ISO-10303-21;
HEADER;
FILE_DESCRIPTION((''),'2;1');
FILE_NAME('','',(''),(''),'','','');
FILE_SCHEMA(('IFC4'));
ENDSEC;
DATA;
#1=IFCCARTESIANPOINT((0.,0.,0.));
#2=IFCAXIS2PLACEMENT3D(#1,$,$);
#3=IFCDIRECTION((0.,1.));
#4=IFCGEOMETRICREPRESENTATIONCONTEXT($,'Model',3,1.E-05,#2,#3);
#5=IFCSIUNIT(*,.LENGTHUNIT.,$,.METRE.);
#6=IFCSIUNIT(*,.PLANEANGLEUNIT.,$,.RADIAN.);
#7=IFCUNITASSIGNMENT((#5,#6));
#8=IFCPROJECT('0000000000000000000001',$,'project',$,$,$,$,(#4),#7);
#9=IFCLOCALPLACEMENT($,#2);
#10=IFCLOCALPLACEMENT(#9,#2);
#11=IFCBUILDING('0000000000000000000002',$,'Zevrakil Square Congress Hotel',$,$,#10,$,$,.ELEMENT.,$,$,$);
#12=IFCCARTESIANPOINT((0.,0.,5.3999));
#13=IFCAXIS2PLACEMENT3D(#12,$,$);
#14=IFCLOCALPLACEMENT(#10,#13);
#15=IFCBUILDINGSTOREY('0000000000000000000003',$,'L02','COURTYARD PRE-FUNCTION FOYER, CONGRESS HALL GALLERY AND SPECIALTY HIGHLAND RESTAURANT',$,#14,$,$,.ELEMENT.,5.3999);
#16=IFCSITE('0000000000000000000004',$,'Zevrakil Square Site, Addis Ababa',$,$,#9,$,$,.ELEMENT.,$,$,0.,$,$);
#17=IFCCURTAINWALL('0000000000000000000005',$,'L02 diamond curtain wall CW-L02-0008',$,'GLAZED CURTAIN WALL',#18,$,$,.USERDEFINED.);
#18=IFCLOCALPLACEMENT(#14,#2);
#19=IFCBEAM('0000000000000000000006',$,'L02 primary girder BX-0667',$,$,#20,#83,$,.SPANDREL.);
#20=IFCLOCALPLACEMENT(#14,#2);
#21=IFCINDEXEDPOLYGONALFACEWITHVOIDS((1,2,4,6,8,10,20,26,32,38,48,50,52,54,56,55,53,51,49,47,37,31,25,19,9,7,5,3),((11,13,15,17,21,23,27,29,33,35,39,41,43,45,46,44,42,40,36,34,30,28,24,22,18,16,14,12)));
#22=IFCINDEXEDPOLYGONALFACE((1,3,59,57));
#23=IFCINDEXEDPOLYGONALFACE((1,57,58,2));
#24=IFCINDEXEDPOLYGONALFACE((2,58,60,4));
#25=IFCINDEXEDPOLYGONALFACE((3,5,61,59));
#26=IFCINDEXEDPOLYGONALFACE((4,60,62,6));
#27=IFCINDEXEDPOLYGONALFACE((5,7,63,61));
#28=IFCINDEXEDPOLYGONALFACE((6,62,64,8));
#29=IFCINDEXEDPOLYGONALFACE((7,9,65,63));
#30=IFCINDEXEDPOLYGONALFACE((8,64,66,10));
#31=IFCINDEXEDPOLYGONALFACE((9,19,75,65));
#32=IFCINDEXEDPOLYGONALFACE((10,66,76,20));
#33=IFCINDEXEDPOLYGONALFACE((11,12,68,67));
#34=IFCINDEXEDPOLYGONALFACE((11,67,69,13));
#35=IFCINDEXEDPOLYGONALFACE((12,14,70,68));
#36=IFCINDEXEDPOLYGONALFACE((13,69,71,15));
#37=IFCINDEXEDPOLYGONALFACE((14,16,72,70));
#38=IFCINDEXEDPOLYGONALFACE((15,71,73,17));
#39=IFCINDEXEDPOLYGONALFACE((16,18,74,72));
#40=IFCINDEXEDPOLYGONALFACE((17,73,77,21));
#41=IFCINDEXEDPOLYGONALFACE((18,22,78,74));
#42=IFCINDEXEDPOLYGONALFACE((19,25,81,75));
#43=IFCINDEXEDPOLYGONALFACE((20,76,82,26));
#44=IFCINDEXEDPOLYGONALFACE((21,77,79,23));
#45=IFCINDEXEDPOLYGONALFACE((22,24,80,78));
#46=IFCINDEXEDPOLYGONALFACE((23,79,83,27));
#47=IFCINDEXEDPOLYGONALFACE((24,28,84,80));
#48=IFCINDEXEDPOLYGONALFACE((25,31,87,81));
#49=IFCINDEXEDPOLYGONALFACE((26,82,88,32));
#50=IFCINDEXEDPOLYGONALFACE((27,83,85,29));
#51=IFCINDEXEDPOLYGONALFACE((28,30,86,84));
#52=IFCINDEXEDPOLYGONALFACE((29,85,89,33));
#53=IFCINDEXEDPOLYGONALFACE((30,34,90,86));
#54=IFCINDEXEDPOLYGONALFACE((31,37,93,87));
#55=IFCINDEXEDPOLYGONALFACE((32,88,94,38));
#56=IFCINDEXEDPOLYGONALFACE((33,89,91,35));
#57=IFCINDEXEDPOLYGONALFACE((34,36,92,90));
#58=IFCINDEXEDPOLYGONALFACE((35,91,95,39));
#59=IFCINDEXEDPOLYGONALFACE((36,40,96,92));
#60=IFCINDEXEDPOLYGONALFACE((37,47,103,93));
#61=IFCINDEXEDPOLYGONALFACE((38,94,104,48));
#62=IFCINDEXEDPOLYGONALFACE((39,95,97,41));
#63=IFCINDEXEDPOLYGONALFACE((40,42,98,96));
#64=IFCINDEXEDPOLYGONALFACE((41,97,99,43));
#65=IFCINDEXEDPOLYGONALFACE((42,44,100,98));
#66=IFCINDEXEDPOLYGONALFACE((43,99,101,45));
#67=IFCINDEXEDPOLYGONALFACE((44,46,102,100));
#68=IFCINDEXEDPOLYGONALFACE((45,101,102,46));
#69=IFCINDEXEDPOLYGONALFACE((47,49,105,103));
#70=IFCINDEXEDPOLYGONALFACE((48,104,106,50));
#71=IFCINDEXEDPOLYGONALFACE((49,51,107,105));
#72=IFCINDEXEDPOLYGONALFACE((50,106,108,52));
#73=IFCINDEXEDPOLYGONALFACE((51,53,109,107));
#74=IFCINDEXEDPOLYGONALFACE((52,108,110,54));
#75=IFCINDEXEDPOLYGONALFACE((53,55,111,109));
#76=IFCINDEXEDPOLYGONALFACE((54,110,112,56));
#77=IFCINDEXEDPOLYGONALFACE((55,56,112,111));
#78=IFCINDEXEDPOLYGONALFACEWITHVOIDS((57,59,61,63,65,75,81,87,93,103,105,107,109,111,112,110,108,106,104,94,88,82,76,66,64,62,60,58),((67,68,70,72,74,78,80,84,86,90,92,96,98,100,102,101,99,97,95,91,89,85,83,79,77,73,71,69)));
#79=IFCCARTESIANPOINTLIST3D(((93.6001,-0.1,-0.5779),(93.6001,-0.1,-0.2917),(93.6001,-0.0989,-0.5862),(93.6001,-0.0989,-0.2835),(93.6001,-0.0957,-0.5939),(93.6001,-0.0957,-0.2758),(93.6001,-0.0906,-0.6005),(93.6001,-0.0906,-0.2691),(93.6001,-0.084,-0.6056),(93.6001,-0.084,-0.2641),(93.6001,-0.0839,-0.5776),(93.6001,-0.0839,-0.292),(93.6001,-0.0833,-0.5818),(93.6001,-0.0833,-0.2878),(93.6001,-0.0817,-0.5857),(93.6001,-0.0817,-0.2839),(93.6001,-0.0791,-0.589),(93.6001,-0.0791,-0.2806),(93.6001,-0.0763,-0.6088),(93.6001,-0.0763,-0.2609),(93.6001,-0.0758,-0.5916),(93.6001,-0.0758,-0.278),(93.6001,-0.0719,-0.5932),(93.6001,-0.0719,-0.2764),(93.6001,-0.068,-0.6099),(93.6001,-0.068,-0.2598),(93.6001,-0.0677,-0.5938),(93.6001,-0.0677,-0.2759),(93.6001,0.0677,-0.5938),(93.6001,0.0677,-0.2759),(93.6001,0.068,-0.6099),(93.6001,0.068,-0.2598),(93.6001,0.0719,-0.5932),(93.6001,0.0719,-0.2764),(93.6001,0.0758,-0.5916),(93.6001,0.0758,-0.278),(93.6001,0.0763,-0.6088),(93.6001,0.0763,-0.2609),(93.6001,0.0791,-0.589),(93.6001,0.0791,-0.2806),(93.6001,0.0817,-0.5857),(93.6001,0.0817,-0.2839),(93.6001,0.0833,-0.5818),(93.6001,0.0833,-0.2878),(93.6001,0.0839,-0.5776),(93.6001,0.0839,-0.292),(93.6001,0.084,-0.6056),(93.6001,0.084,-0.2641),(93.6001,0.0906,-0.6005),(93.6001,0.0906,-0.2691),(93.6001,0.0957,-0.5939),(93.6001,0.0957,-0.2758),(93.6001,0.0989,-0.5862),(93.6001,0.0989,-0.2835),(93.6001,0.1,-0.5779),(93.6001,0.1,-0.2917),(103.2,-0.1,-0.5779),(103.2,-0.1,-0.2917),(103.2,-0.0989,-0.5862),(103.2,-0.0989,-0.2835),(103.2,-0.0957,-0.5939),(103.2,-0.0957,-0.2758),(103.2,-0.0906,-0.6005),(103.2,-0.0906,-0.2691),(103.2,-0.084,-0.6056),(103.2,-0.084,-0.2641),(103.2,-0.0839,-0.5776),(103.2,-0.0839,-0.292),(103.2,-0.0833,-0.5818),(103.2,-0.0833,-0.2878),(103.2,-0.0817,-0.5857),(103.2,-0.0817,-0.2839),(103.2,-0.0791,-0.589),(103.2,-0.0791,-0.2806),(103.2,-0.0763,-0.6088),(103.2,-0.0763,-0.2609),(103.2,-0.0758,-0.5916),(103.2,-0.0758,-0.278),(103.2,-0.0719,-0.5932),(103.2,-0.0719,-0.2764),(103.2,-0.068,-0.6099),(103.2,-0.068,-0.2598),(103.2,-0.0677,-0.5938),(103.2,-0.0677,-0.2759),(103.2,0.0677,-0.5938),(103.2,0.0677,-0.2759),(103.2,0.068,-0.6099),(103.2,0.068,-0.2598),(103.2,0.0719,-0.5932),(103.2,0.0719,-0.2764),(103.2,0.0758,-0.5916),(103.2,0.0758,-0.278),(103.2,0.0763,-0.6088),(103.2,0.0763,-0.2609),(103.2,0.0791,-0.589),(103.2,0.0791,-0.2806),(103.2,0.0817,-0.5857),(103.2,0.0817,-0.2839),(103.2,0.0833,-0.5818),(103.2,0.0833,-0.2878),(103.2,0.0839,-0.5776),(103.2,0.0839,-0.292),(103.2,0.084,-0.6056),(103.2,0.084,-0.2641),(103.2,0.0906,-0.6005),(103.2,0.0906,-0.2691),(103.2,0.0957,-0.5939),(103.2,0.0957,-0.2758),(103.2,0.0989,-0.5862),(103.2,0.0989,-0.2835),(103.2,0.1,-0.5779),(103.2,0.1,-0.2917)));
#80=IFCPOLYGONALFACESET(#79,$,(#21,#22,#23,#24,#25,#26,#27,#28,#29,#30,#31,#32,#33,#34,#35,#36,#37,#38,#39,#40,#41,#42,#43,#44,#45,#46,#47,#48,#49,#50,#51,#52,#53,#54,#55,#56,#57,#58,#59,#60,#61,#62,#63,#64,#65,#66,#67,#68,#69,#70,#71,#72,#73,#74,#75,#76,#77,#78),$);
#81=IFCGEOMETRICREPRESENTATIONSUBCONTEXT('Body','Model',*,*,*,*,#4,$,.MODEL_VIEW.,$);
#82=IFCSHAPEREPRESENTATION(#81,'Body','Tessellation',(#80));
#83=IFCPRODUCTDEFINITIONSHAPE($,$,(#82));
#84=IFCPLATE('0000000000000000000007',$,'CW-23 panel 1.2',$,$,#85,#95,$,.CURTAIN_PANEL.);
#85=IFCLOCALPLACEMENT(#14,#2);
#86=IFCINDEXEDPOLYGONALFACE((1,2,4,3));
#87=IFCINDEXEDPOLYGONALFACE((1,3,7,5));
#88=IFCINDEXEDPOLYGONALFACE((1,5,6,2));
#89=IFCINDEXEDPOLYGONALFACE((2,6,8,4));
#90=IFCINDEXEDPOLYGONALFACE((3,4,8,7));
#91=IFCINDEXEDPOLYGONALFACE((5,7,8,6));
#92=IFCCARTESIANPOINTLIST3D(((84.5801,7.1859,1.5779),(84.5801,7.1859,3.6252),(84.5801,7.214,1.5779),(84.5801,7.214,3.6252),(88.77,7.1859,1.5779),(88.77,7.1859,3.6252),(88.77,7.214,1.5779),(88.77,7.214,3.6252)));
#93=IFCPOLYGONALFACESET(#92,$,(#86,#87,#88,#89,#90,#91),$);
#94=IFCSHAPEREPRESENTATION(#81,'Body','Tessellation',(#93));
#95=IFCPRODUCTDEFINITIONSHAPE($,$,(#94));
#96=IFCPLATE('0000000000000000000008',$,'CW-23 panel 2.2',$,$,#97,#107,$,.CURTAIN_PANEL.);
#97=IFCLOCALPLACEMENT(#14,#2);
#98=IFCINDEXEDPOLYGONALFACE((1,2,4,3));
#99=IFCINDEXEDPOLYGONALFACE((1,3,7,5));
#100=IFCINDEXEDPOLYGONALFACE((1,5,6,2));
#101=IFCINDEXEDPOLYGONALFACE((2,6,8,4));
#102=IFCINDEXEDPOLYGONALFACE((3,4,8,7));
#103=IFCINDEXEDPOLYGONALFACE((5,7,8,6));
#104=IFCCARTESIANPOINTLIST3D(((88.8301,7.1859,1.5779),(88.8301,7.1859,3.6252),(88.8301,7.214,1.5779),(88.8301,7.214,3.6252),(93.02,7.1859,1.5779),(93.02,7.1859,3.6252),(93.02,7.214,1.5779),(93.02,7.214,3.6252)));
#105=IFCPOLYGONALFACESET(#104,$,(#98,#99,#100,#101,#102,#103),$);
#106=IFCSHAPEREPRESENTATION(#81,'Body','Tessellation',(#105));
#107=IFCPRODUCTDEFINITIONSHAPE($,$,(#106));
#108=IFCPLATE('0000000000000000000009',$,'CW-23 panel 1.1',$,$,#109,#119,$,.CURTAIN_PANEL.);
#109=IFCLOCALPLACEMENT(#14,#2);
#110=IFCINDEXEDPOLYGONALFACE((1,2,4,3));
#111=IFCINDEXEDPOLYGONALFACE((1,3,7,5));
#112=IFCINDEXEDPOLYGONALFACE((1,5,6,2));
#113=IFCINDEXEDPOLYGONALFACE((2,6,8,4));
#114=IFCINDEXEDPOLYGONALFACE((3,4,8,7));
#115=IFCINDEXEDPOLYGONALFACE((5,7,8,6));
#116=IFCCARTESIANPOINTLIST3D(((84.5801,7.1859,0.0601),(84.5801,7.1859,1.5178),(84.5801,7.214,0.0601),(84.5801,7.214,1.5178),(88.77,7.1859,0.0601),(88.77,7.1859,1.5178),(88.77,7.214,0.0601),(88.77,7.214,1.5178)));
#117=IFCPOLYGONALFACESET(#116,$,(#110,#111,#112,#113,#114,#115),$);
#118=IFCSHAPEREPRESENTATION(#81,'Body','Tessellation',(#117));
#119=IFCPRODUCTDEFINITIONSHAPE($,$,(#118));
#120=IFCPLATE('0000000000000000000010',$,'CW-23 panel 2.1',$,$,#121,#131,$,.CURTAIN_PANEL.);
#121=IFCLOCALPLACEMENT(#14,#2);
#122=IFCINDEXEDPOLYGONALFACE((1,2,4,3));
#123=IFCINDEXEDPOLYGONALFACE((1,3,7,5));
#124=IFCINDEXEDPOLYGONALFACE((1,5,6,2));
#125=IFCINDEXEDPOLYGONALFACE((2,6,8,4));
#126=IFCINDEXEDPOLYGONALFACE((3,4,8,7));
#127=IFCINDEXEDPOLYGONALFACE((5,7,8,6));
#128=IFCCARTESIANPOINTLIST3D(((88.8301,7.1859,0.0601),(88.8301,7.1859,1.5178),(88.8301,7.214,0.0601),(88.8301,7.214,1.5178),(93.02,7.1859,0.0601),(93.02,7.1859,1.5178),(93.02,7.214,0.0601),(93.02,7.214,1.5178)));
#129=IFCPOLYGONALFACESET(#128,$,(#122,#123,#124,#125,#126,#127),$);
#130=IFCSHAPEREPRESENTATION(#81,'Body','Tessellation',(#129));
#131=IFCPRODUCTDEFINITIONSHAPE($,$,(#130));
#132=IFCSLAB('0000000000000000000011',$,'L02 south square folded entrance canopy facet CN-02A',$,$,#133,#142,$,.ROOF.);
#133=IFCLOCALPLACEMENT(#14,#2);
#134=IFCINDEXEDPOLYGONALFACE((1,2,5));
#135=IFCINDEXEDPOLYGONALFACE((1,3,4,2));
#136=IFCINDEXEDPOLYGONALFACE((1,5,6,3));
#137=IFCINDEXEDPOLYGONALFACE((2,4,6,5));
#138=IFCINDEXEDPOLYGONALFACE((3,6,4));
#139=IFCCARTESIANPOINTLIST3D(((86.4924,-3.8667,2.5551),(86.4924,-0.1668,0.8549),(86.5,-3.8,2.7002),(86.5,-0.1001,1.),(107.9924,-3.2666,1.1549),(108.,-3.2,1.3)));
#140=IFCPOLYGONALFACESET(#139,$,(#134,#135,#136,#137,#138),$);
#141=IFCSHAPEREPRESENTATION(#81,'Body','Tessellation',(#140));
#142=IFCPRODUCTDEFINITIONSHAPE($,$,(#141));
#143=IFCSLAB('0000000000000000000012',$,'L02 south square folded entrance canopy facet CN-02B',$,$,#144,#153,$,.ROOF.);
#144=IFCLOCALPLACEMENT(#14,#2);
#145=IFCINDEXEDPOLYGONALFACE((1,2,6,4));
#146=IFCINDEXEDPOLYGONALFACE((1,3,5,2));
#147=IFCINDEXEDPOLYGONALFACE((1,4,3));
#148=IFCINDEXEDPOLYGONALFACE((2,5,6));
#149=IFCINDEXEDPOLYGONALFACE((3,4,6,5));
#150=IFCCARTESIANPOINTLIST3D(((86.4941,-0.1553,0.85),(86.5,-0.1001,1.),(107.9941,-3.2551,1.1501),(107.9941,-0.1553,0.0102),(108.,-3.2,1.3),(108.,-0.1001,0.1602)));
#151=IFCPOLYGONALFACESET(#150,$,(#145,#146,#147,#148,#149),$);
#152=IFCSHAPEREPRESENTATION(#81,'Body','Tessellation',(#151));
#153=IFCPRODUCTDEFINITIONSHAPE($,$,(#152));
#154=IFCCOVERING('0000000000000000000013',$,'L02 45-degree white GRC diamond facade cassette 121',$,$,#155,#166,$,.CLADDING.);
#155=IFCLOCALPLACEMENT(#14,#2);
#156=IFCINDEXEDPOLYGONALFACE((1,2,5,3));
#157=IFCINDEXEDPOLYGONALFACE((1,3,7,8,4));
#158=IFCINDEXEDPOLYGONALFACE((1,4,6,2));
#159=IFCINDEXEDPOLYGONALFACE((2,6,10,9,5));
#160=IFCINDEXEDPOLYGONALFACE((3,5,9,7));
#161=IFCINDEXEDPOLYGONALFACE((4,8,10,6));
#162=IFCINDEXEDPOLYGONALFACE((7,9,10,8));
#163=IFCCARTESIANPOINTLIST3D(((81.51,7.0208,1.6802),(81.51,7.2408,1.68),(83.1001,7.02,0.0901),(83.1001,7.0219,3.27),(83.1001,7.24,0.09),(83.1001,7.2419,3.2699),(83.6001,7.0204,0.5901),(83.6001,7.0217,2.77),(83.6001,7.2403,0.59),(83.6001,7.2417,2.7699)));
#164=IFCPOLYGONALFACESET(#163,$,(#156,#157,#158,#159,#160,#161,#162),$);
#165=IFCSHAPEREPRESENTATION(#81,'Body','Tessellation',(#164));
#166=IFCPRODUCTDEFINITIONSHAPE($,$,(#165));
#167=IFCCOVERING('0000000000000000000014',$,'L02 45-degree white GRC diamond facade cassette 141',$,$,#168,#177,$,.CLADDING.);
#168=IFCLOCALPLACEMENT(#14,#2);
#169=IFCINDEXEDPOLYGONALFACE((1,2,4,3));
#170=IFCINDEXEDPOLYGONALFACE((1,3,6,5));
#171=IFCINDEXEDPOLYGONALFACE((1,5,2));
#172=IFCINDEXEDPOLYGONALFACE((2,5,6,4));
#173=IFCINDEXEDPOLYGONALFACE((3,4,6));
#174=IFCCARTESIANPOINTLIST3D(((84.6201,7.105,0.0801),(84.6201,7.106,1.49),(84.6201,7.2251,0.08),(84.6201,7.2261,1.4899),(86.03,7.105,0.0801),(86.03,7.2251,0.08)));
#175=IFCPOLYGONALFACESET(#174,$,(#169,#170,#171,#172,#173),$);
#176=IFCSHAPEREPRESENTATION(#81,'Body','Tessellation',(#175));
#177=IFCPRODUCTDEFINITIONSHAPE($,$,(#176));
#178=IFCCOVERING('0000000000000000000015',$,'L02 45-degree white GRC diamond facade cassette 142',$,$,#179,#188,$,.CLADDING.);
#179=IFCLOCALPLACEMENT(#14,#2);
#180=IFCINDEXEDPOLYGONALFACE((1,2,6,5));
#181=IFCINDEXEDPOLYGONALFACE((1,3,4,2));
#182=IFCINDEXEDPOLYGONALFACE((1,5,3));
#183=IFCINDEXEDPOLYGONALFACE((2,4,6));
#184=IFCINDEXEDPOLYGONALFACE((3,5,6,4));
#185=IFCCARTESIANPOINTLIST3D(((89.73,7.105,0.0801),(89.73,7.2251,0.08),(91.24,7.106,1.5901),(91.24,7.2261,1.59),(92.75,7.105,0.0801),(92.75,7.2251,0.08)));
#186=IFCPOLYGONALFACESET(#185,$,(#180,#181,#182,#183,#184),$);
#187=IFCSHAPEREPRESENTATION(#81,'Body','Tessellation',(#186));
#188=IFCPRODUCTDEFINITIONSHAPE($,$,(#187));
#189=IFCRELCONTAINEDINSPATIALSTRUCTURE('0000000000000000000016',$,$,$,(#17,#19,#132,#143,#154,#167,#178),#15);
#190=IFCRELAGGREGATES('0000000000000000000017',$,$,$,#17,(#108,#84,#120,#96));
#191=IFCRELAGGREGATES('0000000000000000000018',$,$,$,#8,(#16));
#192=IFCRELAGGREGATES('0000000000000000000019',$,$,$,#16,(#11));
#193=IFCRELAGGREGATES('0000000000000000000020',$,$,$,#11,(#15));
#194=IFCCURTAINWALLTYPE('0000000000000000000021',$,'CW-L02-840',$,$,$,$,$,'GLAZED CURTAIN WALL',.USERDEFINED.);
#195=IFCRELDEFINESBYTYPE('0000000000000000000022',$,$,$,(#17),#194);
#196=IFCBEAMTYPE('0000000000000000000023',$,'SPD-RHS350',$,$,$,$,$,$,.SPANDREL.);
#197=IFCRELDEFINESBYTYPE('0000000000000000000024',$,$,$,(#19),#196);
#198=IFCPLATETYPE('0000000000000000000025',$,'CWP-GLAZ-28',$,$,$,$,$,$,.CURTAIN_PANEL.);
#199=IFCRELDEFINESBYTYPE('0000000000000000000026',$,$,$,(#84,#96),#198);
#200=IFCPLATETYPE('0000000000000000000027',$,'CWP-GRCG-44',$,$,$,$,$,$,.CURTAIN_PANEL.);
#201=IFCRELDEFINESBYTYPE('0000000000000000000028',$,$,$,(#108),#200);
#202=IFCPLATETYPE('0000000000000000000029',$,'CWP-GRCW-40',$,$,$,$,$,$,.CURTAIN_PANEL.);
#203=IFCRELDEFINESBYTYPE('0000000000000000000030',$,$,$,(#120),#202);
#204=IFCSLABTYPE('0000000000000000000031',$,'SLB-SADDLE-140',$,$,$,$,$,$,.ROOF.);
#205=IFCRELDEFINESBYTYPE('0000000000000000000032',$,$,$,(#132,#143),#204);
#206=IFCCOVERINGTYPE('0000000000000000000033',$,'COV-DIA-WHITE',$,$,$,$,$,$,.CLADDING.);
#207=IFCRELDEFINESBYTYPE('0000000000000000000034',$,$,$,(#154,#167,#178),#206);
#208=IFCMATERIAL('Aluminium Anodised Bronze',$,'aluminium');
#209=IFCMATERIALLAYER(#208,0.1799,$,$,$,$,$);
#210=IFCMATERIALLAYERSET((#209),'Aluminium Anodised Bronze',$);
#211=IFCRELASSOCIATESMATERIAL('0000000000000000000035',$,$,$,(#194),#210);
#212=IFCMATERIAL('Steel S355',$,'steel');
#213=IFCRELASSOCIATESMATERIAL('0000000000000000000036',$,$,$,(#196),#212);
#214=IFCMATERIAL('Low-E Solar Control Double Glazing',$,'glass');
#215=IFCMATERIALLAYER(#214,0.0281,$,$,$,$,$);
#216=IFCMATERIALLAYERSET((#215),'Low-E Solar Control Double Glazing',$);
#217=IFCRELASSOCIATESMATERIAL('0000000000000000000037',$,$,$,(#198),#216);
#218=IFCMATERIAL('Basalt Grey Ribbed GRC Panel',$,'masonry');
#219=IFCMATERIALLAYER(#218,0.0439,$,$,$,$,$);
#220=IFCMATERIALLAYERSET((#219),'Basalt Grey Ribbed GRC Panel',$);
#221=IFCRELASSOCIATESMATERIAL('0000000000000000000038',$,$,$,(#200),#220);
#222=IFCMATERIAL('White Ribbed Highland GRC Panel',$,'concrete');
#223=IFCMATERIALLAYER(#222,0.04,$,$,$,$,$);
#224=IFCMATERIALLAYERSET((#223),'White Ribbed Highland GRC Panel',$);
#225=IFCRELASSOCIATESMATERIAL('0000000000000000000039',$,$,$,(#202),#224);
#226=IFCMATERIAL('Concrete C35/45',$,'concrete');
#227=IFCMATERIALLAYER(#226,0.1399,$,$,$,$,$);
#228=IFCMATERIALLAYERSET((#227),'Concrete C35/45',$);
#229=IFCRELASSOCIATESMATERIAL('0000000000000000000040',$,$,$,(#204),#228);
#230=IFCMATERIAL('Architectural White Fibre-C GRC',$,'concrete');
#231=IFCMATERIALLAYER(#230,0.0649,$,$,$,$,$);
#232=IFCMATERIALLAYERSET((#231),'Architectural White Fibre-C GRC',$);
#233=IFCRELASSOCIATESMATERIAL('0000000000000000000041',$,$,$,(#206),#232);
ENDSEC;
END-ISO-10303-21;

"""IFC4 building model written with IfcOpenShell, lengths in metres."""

from ifc_helpers import new_model, si_unit, direction, frame, origin, origin_2d, place, context, subcontext, project, spatial, polyline, rectangle, hollow_rectangle, outline, extrude, material, layer, layer_set, material_profile, profile_set, type_object, element, aggregate, save


model = new_model("IFC4")

# Units and contexts
model_context = context("Model", 3, precision=1e-05, world=origin(), true_north=direction((0.0, 1.0)))
body_context = subcontext(model_context, "Body", "Model", "MODEL_VIEW")
ifc_project = project(units=[si_unit("LENGTHUNIT", "METRE"), si_unit("PLANEANGLEUNIT", "RADIAN")], contexts=[model_context])

# Site, building, storey
site_placement = place(None, origin())
site = spatial("IfcSite", under=ifc_project, at=site_placement, Name="Zevrakil Square Site, Addis Ababa", CompositionType="ELEMENT", RefElevation=0.0)
building_placement = place(site_placement, origin())
building = spatial("IfcBuilding", under=site, at=building_placement, Name="Zevrakil Square Congress Hotel", CompositionType="ELEMENT")
storey_placement = place(building_placement, frame((0.0, 0.0, 5.3999)))
storey = spatial("IfcBuildingStorey", under=building, at=storey_placement, Name="L02", Description="COURTYARD PRE-FUNCTION FOYER, CONGRESS HALL GALLERY AND SPECIALTY HIGHLAND RESTAURANT", CompositionType="ELEMENT", Elevation=5.3999)

# Curtain wall
ifc_material_1 = material(Name="Aluminium Anodised Bronze", Category="aluminium")
ifc_layer_1 = layer(ifc_material_1, 0.1799)
ifc_layer_set_1 = layer_set([ifc_layer_1], Name="Aluminium Anodised Bronze")
curtain_wall_type = type_object("IfcCurtainWallType", Name="CW-L02-840", ElementType="GLAZED CURTAIN WALL", PredefinedType="USERDEFINED", material=ifc_layer_set_1)
curtain_wall_placement = place(storey_placement, origin())
curtain_wall = element("IfcCurtainWall", 1, at=curtain_wall_placement, inside=storey, type_object=curtain_wall_type, Name="L02 diamond curtain wall CW-L02-0008", ObjectType="GLAZED CURTAIN WALL", PredefinedType="USERDEFINED")

# Beam
ifc_material_2 = material(Name="Steel S355", Category="steel")
ifc_material_profile_1 = material_profile(ifc_material_2, hollow_rectangle(XDim=0.2, YDim=0.3501, WallThickness=0.0161, InnerFilletRadius=0.0161, OuterFilletRadius=0.032, at=origin_2d()), Name="RHS 350x200x16")
ifc_profile_set_1 = profile_set([ifc_material_profile_1], Name="Steel S355")
beam_type_1 = type_object("IfcBeamType", Name="SPD-RHS350", PredefinedType="SPANDREL", material=ifc_profile_set_1)
beam_1_placement = place(storey_placement, frame((93.6001, 0.0, -0.4348), z_axis=(1.0, 0.0, 0.0), x_axis=(0.0, 1.0, 0.0)))
element("IfcBeam", 2, at=beam_1_placement, inside=storey, type_object=beam_type_1, Name="L02 primary girder BX-0667", PredefinedType="SPANDREL", context=body_context, shape_type="SweptSolid", body=[
    extrude(hollow_rectangle(XDim=0.2, YDim=0.3501, WallThickness=0.0161, InnerFilletRadius=0.0161, OuterFilletRadius=0.032, at=origin_2d()), origin(), (0.0, 0.0, 1.0), 9.5999),
])

# Plates
ifc_material_3 = material(Name="Low-E Solar Control Double Glazing", Category="glass")
ifc_layer_2 = layer(ifc_material_3, 0.0281)
ifc_layer_set_2 = layer_set([ifc_layer_2], Name="Low-E Solar Control Double Glazing")
plate_type_1 = type_object("IfcPlateType", Name="CWP-GLAZ-28", PredefinedType="CURTAIN_PANEL", material=ifc_layer_set_2)
plate_1_placement = place(storey_placement, frame((86.675, 7.2, 1.5779), z_axis=(0.0, 0.0, 1.0), x_axis=(1.0, 0.0, 0.0)))
plate_1 = element("IfcPlate", 3, at=plate_1_placement, type_object=plate_type_1, Name="CW-23 panel 1.2", PredefinedType="CURTAIN_PANEL", context=body_context, shape_type="SweptSolid", body=[
    extrude(rectangle(XDim=4.1899, YDim=0.0281, at=origin_2d()), origin(), (0.0, 0.0, 1.0), 2.0474),
])
plate_2_placement = place(storey_placement, frame((90.925, 7.2, 1.5779), z_axis=(0.0, 0.0, 1.0), x_axis=(1.0, 0.0, 0.0)))
plate_2 = element("IfcPlate", 4, at=plate_2_placement, type_object=plate_type_1, Name="CW-23 panel 2.2", PredefinedType="CURTAIN_PANEL", context=body_context, shape_type="SweptSolid", body=[
    extrude(rectangle(XDim=4.1899, YDim=0.0281, at=origin_2d()), origin(), (0.0, 0.0, 1.0), 2.0474),
])
ifc_material_4 = material(Name="Basalt Grey Ribbed GRC Panel", Category="masonry")
ifc_layer_3 = layer(ifc_material_4, 0.0439)
ifc_layer_set_3 = layer_set([ifc_layer_3], Name="Basalt Grey Ribbed GRC Panel")
plate_type_2 = type_object("IfcPlateType", Name="CWP-GRCG-44", PredefinedType="CURTAIN_PANEL", material=ifc_layer_set_3)
plate_3_placement = place(storey_placement, frame((86.675, 7.2, 0.0601), z_axis=(0.0, 0.0, 1.0), x_axis=(1.0, 0.0, 0.0)))
plate_3 = element("IfcPlate", 5, at=plate_3_placement, type_object=plate_type_2, Name="CW-23 panel 1.1", PredefinedType="CURTAIN_PANEL", context=body_context, shape_type="SweptSolid", body=[
    extrude(rectangle(XDim=4.1899, YDim=0.0281, at=origin_2d()), origin(), (0.0, 0.0, 1.0), 1.4578),
])
ifc_material_5 = material(Name="White Ribbed Highland GRC Panel", Category="concrete")
ifc_layer_4 = layer(ifc_material_5, 0.04)
ifc_layer_set_4 = layer_set([ifc_layer_4], Name="White Ribbed Highland GRC Panel")
plate_type_3 = type_object("IfcPlateType", Name="CWP-GRCW-40", PredefinedType="CURTAIN_PANEL", material=ifc_layer_set_4)
plate_4_placement = place(storey_placement, frame((90.925, 7.2, 0.0601), z_axis=(0.0, 0.0, 1.0), x_axis=(1.0, 0.0, 0.0)))
plate_4 = element("IfcPlate", 6, at=plate_4_placement, type_object=plate_type_3, Name="CW-23 panel 2.1", PredefinedType="CURTAIN_PANEL", context=body_context, shape_type="SweptSolid", body=[
    extrude(rectangle(XDim=4.1899, YDim=0.0281, at=origin_2d()), origin(), (0.0, 0.0, 1.0), 1.4578),
])
aggregate(curtain_wall, [plate_3, plate_1, plate_4, plate_2])

# Slabs
ifc_material_6 = material(Name="Concrete C35/45", Category="concrete")
ifc_layer_5 = layer(ifc_material_6, 0.1399)
ifc_layer_set_5 = layer_set([ifc_layer_5], Name="Concrete C35/45")
slab_type = type_object("IfcSlabType", Name="SLB-SADDLE-140", PredefinedType="ROOF", material=ifc_layer_set_5)
slab_1_placement = place(storey_placement, frame((86.5, -0.1001, 1.0), z_axis=(0.047467, 0.417074, 0.907632), x_axis=(0.0, -0.908657, 0.417544)))
element("IfcSlab", 7, at=slab_1_placement, inside=storey, type_object=slab_type, Name="L02 south square folded entrance canopy facet CN-02A", PredefinedType="ROOF", context=body_context, shape_type="SweptSolid", body=[
    extrude(outline(polyline([(0.0, 0.0), (4.0719, 0.0), (2.942, 21.5243), (0.0, 0.0)])), origin(), (0.0, 0.0, -1.0), 0.1599),
])
slab_2_placement = place(storey_placement, frame((86.5, -0.1001, 1.0), z_axis=(0.036638, 0.344898, 0.937925), x_axis=(0.989671, -0.14269, 0.013812)))
element("IfcSlab", 8, at=slab_2_placement, inside=storey, type_object=slab_type, Name="L02 south square folded entrance canopy facet CN-02B", PredefinedType="ROOF", context=body_context, shape_type="SweptSolid", body=[
    extrude(outline(polyline([(0.0, 0.0), (21.7244, 0.0), (21.2663, 3.2709), (0.0, 0.0)])), origin(), (0.0, 0.0, -1.0), 0.1599),
])

# Coverings
ifc_material_7 = material(Name="Architectural White Fibre-C GRC", Category="concrete")
ifc_layer_6 = layer(ifc_material_7, 0.0649)
ifc_layer_set_6 = layer_set([ifc_layer_6], Name="Architectural White Fibre-C GRC")
covering_type_1 = type_object("IfcCoveringType", Name="COV-DIA-WHITE", PredefinedType="CLADDING", material=ifc_layer_set_6)
covering_1_placement = place(storey_placement, frame((83.1001, 7.02, 0.0901), z_axis=(0.000085, -1.0, 0.000607), x_axis=(-0.707107, 0.000369, 0.707107)))
element("IfcCovering", 9, at=covering_1_placement, inside=storey, type_object=covering_type_1, Name="L02 45-degree white GRC diamond facade cassette 121", PredefinedType="CLADDING", context=body_context, shape_type="SweptSolid", body=[
    extrude(outline(polyline([(0.0, 0.0), (2.2487, 0.0), (2.2486, -2.2486), (1.5414, -2.2486), (0.0, -0.7071), (0.0, 0.0)])), origin(), (0.0, 0.0, -1.0), 0.22),
])
covering_2_placement = place(storey_placement, frame((86.03, 7.105, 0.0801), z_axis=(0.0, -1.0, 0.000693), x_axis=(-1.0, 0.0, 0.0)))
element("IfcCovering", 10, at=covering_2_placement, inside=storey, type_object=covering_type_1, Name="L02 45-degree white GRC diamond facade cassette 141", PredefinedType="CLADDING", context=body_context, shape_type="SweptSolid", body=[
    extrude(outline(polyline([(0.0, 0.0), (1.4099, 0.0), (1.4099, -1.4099), (0.0, 0.0)])), origin(), (0.0, 0.0, -1.0), 0.1201),
])
covering_3_placement = place(storey_placement, frame((91.24, 7.106, 1.5901), z_axis=(0.0, -1.0, 0.000647), x_axis=(0.707107, -0.000457, -0.707107)))
element("IfcCovering", 11, at=covering_3_placement, inside=storey, type_object=covering_type_1, Name="L02 45-degree white GRC diamond facade cassette 142", PredefinedType="CLADDING", context=body_context, shape_type="SweptSolid", body=[
    extrude(outline(polyline([(0.0, 0.0), (2.1355, 0.0), (0.0, -2.1355), (0.0, 0.0)])), origin(), (0.0, 0.0, -1.0), 0.1201),
])

save(model, "model.ifc")
